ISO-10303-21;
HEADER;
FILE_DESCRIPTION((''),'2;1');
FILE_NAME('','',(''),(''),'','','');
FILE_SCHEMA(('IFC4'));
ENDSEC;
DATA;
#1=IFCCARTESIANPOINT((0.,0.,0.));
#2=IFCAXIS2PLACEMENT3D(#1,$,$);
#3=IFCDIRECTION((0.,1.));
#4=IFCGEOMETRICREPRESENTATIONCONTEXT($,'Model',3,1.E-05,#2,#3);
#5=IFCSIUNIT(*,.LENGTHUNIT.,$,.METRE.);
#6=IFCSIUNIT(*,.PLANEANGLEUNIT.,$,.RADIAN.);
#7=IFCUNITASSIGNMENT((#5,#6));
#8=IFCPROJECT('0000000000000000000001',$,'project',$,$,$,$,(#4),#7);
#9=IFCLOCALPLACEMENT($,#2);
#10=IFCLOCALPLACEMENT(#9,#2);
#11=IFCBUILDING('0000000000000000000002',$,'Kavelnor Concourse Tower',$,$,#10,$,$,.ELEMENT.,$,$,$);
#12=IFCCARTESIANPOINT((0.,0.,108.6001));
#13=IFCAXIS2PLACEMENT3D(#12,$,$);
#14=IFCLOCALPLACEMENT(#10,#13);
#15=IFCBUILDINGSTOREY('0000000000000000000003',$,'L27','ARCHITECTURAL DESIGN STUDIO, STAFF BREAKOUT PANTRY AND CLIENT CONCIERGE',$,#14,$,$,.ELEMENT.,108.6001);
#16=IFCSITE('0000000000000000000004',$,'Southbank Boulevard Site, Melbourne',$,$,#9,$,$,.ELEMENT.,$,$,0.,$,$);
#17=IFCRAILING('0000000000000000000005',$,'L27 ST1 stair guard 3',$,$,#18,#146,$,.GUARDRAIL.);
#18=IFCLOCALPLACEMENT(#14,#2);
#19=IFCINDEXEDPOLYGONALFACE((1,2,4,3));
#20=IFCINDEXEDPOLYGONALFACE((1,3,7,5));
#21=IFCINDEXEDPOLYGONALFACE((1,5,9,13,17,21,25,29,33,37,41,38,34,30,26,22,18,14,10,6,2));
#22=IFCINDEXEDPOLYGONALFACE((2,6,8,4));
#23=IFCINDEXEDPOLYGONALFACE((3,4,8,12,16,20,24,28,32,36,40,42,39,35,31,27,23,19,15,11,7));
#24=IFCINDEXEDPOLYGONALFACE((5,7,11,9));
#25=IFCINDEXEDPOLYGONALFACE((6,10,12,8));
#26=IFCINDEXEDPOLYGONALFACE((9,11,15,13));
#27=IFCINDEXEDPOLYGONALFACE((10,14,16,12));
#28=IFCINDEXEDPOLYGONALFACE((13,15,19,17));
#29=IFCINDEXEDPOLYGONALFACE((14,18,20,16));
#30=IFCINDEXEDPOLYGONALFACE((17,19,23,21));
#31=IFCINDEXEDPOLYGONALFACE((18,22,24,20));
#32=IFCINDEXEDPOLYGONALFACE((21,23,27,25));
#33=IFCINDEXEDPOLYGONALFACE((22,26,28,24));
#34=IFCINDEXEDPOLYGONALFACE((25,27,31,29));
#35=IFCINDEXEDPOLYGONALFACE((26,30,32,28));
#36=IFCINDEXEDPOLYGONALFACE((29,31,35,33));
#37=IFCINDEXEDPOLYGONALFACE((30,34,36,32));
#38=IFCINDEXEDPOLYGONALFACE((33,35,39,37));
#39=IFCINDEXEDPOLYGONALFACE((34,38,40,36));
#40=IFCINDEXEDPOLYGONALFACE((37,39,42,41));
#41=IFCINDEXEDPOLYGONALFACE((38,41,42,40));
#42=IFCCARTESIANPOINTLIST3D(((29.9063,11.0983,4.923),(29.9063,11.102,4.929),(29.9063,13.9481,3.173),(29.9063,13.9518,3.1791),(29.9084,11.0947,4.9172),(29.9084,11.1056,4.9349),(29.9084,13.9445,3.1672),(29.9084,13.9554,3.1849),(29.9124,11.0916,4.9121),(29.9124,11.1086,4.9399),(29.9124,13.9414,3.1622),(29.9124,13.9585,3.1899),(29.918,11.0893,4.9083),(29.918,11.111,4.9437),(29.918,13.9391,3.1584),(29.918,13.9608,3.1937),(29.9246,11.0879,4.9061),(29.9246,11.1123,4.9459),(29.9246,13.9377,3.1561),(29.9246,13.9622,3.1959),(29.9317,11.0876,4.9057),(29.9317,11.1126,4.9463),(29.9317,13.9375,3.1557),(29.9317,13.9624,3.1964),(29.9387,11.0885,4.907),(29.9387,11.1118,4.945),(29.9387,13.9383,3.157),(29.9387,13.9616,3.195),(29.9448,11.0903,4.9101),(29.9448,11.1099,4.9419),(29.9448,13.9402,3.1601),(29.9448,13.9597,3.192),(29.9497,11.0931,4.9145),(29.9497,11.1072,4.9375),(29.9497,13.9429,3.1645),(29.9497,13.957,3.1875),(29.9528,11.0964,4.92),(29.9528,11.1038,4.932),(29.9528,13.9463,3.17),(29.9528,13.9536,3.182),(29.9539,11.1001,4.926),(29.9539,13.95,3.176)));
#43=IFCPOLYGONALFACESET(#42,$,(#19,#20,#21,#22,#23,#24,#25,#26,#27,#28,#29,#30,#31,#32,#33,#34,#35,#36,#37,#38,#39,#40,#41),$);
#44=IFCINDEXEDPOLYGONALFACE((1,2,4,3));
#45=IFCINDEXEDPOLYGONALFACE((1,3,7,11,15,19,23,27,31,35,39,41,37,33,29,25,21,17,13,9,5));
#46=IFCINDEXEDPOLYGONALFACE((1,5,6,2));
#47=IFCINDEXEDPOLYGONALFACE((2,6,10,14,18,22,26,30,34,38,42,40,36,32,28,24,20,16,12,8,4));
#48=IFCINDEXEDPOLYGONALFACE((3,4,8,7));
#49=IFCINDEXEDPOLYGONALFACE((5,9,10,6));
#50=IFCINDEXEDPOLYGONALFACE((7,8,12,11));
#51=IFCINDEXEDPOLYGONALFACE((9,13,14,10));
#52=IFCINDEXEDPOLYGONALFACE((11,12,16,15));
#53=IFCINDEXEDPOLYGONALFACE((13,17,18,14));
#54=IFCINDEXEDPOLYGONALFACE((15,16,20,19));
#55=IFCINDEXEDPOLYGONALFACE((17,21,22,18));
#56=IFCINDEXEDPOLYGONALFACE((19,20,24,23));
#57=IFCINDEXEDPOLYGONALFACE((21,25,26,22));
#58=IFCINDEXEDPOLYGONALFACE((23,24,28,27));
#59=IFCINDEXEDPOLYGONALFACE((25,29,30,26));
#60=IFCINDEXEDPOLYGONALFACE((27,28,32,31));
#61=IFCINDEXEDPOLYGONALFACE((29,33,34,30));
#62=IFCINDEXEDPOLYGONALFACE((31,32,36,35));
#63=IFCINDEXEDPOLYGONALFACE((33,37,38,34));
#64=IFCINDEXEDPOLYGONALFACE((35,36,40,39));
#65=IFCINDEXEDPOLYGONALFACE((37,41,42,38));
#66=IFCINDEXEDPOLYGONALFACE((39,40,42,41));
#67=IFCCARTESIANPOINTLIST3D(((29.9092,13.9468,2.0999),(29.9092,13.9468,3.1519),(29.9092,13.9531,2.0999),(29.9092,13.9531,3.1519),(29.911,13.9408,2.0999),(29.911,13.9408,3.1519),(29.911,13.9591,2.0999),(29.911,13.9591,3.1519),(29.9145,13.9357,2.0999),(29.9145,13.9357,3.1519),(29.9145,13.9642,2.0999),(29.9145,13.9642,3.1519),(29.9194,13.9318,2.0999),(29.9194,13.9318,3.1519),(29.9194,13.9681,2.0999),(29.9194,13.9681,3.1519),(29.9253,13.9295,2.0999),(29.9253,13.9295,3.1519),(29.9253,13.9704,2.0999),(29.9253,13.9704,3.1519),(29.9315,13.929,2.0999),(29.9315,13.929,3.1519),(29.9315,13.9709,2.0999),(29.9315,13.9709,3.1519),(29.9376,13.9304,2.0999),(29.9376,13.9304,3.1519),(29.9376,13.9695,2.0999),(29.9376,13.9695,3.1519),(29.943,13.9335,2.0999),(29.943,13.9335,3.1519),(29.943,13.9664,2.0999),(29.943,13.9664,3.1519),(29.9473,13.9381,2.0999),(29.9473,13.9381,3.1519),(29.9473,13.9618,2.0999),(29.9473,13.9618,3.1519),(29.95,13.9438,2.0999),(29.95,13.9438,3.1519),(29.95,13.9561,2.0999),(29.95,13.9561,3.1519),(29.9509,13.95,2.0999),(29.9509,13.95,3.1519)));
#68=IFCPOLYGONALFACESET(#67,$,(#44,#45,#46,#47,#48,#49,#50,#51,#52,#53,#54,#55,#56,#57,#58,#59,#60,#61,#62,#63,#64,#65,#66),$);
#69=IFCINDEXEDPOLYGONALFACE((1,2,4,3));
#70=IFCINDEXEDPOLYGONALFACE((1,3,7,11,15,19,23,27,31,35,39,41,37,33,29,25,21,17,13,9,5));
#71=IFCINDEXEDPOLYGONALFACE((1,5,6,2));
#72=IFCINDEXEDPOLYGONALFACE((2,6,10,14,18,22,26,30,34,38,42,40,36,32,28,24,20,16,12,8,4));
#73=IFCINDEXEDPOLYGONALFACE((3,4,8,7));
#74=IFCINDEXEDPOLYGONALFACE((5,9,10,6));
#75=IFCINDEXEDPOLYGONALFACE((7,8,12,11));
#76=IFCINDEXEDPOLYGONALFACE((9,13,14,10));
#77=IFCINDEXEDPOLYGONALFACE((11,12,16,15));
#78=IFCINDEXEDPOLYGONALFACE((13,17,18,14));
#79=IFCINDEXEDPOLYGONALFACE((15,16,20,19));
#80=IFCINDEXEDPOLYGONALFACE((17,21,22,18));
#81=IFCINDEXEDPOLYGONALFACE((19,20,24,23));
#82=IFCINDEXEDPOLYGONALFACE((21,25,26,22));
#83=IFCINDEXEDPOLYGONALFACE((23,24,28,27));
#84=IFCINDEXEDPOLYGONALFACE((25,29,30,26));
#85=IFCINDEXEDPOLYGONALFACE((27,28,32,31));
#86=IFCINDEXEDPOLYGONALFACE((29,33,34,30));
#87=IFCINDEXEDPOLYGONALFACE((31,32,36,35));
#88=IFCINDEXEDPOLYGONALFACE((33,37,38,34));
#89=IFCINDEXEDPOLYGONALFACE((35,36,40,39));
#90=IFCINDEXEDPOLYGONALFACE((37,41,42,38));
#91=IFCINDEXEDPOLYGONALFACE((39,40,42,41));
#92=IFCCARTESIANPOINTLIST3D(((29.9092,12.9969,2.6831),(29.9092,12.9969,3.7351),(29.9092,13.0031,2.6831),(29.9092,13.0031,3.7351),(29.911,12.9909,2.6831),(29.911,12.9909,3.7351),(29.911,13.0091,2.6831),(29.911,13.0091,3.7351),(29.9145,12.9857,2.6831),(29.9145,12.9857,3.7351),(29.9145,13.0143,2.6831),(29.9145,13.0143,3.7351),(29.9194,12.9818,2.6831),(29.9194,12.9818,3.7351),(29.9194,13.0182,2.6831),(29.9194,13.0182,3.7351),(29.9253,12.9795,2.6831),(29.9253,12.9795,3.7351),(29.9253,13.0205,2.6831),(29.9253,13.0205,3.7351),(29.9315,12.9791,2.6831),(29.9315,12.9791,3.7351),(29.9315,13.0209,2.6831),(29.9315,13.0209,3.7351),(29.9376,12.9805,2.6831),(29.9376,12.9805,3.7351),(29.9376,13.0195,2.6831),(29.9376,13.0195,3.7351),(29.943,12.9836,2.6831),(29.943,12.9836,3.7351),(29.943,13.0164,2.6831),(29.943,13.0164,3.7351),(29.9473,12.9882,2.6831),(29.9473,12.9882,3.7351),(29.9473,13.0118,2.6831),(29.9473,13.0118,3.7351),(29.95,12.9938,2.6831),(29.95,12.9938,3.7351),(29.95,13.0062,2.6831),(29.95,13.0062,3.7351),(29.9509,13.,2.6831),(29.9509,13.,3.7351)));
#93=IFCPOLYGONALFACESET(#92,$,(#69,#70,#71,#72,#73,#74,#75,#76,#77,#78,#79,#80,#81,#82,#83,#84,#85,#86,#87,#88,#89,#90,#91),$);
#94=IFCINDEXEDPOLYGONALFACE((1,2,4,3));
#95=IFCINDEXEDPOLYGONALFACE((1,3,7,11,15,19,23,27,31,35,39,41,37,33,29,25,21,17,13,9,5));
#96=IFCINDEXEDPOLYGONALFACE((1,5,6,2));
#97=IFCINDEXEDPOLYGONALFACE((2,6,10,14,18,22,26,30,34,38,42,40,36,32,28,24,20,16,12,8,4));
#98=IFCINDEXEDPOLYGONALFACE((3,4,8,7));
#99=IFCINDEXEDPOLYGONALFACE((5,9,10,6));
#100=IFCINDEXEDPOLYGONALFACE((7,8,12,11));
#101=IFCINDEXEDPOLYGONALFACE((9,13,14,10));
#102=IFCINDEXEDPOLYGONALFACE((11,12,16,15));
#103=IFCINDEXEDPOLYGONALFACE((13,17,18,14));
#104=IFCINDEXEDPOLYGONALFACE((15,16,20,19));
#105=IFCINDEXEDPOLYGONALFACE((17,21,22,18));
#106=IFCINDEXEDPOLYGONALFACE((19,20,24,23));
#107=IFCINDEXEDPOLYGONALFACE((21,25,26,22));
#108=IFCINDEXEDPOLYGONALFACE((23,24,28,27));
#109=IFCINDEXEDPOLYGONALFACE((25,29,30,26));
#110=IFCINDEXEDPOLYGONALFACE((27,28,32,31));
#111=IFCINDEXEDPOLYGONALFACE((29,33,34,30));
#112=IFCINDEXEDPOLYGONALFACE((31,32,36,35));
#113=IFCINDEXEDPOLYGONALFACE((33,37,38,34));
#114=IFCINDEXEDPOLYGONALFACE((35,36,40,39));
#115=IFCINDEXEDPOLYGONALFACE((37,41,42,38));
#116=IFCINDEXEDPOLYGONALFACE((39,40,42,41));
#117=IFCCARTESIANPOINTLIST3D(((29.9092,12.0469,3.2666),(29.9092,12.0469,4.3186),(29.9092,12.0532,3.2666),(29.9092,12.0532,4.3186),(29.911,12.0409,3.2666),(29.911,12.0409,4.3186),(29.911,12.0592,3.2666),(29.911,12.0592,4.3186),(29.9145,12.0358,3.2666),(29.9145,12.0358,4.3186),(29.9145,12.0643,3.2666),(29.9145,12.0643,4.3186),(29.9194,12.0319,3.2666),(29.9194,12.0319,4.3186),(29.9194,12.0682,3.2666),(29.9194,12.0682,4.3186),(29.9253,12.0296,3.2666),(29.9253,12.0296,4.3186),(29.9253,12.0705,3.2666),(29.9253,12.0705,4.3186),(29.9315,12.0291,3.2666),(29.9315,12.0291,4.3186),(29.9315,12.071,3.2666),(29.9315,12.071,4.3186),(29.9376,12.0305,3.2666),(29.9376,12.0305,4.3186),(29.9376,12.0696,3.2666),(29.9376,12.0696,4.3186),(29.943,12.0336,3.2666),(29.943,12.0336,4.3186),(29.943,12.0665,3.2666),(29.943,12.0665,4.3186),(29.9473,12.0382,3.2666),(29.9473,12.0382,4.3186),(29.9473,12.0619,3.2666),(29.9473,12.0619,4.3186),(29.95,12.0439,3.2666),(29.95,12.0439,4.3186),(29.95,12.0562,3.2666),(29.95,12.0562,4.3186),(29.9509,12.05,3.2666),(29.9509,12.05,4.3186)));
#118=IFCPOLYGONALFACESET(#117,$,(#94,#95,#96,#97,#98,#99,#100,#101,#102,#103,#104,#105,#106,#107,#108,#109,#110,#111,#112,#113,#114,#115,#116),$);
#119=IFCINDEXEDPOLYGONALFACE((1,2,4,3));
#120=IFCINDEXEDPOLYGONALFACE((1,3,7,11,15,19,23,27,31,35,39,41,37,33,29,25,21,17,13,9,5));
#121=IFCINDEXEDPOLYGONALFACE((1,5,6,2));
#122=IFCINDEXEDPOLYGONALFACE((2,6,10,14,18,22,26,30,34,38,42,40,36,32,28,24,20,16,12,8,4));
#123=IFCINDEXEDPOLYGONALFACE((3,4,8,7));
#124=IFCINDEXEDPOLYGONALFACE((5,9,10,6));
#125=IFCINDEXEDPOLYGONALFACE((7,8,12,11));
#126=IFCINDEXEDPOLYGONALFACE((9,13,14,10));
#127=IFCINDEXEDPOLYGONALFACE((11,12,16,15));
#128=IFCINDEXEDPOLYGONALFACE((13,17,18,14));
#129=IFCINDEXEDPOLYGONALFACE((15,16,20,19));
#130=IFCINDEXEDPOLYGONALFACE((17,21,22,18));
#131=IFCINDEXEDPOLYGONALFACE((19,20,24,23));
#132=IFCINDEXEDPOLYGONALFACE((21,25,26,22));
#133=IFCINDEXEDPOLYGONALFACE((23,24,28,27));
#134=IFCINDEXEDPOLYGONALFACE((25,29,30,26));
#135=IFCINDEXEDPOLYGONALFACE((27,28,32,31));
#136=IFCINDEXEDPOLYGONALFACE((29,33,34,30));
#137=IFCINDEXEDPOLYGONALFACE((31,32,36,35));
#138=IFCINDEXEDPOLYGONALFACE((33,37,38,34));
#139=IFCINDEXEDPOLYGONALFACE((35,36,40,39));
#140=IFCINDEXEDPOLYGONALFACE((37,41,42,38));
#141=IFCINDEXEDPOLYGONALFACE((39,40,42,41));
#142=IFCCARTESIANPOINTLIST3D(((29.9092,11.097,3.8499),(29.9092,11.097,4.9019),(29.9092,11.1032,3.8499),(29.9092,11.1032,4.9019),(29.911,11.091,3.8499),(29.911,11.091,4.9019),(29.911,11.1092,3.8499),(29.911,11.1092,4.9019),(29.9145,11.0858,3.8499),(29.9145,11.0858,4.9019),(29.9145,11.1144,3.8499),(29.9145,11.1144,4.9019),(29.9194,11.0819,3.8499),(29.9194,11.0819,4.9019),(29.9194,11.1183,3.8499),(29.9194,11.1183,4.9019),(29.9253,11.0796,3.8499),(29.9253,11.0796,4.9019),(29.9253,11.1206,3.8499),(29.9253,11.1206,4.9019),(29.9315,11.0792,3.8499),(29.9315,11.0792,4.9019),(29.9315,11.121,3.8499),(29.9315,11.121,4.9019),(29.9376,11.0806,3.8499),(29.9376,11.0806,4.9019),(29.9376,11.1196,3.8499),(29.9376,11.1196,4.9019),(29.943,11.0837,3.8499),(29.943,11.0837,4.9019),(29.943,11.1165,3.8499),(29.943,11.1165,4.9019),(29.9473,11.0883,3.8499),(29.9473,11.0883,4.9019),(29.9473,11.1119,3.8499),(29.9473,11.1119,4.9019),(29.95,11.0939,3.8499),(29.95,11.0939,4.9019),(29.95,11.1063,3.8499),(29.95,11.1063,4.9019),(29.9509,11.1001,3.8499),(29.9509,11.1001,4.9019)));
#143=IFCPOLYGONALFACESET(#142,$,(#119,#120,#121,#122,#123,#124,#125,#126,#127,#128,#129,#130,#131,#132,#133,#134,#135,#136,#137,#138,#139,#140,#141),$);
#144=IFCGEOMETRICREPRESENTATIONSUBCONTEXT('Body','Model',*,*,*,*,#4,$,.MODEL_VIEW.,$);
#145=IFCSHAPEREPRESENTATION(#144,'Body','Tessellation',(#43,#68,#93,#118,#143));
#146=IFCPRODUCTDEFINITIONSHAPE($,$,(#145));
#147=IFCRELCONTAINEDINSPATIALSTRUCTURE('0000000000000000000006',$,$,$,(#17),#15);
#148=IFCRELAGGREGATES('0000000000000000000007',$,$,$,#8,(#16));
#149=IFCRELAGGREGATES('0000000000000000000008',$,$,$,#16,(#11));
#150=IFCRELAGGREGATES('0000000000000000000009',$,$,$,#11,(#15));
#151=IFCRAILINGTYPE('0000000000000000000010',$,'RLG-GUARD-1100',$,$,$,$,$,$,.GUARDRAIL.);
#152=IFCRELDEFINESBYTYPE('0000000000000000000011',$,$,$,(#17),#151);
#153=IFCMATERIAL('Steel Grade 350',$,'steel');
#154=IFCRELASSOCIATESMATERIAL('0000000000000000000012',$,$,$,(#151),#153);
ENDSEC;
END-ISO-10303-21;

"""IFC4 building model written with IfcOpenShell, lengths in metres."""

from ifc_helpers import new_model, si_unit, direction, frame, origin, origin_2d, place, context, subcontext, project, spatial, circle, extrude, material, type_object, element, save


model = new_model("IFC4")

# Units and contexts
model_context = context("Model", 3, precision=1e-05, world=origin(), true_north=direction((0.0, 1.0)))
body_context = subcontext(model_context, "Body", "Model", "MODEL_VIEW")
ifc_project = project(units=[si_unit("LENGTHUNIT", "METRE"), si_unit("PLANEANGLEUNIT", "RADIAN")], contexts=[model_context])

# Site, building, storey
site_placement = place(None, origin())
site = spatial("IfcSite", under=ifc_project, at=site_placement, Name="Southbank Boulevard Site, Melbourne", CompositionType="ELEMENT", RefElevation=0.0)
building_placement = place(site_placement, origin())
building = spatial("IfcBuilding", under=site, at=building_placement, Name="Kavelnor Concourse Tower", CompositionType="ELEMENT")
storey_placement = place(building_placement, frame((0.0, 0.0, 108.6001)))
storey = spatial("IfcBuildingStorey", under=building, at=storey_placement, Name="L27", Description="ARCHITECTURAL DESIGN STUDIO, STAFF BREAKOUT PANTRY AND CLIENT CONCIERGE", CompositionType="ELEMENT", Elevation=108.6001)

# Shared definitions
ifc_material_1 = material(Name="Steel Grade 350", Category="steel")

# Railing
railing_type_1 = type_object("IfcRailingType", Name="RLG-GUARD-1100", PredefinedType="GUARDRAIL", material=ifc_material_1)
railing_1_placement = place(storey_placement, frame((29.9299, 13.95, 2.0999)))
element("IfcRailing", 1, at=railing_1_placement, inside=storey, type_object=railing_type_1, Name="L27 ST1 stair guard 3", PredefinedType="GUARDRAIL", context=body_context, shape_type="SweptSolid", body=[
    extrude(circle(Radius=0.0239, at=origin_2d()), frame((0.0, 0.0, 1.0762), z_axis=(0.0, -0.852159, 0.523283), x_axis=(1.0, 0.0, 0.0)), (0.0, 0.0, 1.0), 3.3442),
    extrude(circle(Radius=0.021, at=origin_2d()), origin(), (0.0, 0.0, 1.0), 1.052),
    extrude(circle(Radius=0.021, at=origin_2d()), frame((0.0, -0.95, 0.5833)), (0.0, 0.0, 1.0), 1.052),
    extrude(circle(Radius=0.021, at=origin_2d()), frame((0.0, -1.8999, 1.1667)), (0.0, 0.0, 1.0), 1.052),
    extrude(circle(Radius=0.021, at=origin_2d()), frame((0.0, -2.8499, 1.75)), (0.0, 0.0, 1.0), 1.052),
])

save(model, "model.ifc")
